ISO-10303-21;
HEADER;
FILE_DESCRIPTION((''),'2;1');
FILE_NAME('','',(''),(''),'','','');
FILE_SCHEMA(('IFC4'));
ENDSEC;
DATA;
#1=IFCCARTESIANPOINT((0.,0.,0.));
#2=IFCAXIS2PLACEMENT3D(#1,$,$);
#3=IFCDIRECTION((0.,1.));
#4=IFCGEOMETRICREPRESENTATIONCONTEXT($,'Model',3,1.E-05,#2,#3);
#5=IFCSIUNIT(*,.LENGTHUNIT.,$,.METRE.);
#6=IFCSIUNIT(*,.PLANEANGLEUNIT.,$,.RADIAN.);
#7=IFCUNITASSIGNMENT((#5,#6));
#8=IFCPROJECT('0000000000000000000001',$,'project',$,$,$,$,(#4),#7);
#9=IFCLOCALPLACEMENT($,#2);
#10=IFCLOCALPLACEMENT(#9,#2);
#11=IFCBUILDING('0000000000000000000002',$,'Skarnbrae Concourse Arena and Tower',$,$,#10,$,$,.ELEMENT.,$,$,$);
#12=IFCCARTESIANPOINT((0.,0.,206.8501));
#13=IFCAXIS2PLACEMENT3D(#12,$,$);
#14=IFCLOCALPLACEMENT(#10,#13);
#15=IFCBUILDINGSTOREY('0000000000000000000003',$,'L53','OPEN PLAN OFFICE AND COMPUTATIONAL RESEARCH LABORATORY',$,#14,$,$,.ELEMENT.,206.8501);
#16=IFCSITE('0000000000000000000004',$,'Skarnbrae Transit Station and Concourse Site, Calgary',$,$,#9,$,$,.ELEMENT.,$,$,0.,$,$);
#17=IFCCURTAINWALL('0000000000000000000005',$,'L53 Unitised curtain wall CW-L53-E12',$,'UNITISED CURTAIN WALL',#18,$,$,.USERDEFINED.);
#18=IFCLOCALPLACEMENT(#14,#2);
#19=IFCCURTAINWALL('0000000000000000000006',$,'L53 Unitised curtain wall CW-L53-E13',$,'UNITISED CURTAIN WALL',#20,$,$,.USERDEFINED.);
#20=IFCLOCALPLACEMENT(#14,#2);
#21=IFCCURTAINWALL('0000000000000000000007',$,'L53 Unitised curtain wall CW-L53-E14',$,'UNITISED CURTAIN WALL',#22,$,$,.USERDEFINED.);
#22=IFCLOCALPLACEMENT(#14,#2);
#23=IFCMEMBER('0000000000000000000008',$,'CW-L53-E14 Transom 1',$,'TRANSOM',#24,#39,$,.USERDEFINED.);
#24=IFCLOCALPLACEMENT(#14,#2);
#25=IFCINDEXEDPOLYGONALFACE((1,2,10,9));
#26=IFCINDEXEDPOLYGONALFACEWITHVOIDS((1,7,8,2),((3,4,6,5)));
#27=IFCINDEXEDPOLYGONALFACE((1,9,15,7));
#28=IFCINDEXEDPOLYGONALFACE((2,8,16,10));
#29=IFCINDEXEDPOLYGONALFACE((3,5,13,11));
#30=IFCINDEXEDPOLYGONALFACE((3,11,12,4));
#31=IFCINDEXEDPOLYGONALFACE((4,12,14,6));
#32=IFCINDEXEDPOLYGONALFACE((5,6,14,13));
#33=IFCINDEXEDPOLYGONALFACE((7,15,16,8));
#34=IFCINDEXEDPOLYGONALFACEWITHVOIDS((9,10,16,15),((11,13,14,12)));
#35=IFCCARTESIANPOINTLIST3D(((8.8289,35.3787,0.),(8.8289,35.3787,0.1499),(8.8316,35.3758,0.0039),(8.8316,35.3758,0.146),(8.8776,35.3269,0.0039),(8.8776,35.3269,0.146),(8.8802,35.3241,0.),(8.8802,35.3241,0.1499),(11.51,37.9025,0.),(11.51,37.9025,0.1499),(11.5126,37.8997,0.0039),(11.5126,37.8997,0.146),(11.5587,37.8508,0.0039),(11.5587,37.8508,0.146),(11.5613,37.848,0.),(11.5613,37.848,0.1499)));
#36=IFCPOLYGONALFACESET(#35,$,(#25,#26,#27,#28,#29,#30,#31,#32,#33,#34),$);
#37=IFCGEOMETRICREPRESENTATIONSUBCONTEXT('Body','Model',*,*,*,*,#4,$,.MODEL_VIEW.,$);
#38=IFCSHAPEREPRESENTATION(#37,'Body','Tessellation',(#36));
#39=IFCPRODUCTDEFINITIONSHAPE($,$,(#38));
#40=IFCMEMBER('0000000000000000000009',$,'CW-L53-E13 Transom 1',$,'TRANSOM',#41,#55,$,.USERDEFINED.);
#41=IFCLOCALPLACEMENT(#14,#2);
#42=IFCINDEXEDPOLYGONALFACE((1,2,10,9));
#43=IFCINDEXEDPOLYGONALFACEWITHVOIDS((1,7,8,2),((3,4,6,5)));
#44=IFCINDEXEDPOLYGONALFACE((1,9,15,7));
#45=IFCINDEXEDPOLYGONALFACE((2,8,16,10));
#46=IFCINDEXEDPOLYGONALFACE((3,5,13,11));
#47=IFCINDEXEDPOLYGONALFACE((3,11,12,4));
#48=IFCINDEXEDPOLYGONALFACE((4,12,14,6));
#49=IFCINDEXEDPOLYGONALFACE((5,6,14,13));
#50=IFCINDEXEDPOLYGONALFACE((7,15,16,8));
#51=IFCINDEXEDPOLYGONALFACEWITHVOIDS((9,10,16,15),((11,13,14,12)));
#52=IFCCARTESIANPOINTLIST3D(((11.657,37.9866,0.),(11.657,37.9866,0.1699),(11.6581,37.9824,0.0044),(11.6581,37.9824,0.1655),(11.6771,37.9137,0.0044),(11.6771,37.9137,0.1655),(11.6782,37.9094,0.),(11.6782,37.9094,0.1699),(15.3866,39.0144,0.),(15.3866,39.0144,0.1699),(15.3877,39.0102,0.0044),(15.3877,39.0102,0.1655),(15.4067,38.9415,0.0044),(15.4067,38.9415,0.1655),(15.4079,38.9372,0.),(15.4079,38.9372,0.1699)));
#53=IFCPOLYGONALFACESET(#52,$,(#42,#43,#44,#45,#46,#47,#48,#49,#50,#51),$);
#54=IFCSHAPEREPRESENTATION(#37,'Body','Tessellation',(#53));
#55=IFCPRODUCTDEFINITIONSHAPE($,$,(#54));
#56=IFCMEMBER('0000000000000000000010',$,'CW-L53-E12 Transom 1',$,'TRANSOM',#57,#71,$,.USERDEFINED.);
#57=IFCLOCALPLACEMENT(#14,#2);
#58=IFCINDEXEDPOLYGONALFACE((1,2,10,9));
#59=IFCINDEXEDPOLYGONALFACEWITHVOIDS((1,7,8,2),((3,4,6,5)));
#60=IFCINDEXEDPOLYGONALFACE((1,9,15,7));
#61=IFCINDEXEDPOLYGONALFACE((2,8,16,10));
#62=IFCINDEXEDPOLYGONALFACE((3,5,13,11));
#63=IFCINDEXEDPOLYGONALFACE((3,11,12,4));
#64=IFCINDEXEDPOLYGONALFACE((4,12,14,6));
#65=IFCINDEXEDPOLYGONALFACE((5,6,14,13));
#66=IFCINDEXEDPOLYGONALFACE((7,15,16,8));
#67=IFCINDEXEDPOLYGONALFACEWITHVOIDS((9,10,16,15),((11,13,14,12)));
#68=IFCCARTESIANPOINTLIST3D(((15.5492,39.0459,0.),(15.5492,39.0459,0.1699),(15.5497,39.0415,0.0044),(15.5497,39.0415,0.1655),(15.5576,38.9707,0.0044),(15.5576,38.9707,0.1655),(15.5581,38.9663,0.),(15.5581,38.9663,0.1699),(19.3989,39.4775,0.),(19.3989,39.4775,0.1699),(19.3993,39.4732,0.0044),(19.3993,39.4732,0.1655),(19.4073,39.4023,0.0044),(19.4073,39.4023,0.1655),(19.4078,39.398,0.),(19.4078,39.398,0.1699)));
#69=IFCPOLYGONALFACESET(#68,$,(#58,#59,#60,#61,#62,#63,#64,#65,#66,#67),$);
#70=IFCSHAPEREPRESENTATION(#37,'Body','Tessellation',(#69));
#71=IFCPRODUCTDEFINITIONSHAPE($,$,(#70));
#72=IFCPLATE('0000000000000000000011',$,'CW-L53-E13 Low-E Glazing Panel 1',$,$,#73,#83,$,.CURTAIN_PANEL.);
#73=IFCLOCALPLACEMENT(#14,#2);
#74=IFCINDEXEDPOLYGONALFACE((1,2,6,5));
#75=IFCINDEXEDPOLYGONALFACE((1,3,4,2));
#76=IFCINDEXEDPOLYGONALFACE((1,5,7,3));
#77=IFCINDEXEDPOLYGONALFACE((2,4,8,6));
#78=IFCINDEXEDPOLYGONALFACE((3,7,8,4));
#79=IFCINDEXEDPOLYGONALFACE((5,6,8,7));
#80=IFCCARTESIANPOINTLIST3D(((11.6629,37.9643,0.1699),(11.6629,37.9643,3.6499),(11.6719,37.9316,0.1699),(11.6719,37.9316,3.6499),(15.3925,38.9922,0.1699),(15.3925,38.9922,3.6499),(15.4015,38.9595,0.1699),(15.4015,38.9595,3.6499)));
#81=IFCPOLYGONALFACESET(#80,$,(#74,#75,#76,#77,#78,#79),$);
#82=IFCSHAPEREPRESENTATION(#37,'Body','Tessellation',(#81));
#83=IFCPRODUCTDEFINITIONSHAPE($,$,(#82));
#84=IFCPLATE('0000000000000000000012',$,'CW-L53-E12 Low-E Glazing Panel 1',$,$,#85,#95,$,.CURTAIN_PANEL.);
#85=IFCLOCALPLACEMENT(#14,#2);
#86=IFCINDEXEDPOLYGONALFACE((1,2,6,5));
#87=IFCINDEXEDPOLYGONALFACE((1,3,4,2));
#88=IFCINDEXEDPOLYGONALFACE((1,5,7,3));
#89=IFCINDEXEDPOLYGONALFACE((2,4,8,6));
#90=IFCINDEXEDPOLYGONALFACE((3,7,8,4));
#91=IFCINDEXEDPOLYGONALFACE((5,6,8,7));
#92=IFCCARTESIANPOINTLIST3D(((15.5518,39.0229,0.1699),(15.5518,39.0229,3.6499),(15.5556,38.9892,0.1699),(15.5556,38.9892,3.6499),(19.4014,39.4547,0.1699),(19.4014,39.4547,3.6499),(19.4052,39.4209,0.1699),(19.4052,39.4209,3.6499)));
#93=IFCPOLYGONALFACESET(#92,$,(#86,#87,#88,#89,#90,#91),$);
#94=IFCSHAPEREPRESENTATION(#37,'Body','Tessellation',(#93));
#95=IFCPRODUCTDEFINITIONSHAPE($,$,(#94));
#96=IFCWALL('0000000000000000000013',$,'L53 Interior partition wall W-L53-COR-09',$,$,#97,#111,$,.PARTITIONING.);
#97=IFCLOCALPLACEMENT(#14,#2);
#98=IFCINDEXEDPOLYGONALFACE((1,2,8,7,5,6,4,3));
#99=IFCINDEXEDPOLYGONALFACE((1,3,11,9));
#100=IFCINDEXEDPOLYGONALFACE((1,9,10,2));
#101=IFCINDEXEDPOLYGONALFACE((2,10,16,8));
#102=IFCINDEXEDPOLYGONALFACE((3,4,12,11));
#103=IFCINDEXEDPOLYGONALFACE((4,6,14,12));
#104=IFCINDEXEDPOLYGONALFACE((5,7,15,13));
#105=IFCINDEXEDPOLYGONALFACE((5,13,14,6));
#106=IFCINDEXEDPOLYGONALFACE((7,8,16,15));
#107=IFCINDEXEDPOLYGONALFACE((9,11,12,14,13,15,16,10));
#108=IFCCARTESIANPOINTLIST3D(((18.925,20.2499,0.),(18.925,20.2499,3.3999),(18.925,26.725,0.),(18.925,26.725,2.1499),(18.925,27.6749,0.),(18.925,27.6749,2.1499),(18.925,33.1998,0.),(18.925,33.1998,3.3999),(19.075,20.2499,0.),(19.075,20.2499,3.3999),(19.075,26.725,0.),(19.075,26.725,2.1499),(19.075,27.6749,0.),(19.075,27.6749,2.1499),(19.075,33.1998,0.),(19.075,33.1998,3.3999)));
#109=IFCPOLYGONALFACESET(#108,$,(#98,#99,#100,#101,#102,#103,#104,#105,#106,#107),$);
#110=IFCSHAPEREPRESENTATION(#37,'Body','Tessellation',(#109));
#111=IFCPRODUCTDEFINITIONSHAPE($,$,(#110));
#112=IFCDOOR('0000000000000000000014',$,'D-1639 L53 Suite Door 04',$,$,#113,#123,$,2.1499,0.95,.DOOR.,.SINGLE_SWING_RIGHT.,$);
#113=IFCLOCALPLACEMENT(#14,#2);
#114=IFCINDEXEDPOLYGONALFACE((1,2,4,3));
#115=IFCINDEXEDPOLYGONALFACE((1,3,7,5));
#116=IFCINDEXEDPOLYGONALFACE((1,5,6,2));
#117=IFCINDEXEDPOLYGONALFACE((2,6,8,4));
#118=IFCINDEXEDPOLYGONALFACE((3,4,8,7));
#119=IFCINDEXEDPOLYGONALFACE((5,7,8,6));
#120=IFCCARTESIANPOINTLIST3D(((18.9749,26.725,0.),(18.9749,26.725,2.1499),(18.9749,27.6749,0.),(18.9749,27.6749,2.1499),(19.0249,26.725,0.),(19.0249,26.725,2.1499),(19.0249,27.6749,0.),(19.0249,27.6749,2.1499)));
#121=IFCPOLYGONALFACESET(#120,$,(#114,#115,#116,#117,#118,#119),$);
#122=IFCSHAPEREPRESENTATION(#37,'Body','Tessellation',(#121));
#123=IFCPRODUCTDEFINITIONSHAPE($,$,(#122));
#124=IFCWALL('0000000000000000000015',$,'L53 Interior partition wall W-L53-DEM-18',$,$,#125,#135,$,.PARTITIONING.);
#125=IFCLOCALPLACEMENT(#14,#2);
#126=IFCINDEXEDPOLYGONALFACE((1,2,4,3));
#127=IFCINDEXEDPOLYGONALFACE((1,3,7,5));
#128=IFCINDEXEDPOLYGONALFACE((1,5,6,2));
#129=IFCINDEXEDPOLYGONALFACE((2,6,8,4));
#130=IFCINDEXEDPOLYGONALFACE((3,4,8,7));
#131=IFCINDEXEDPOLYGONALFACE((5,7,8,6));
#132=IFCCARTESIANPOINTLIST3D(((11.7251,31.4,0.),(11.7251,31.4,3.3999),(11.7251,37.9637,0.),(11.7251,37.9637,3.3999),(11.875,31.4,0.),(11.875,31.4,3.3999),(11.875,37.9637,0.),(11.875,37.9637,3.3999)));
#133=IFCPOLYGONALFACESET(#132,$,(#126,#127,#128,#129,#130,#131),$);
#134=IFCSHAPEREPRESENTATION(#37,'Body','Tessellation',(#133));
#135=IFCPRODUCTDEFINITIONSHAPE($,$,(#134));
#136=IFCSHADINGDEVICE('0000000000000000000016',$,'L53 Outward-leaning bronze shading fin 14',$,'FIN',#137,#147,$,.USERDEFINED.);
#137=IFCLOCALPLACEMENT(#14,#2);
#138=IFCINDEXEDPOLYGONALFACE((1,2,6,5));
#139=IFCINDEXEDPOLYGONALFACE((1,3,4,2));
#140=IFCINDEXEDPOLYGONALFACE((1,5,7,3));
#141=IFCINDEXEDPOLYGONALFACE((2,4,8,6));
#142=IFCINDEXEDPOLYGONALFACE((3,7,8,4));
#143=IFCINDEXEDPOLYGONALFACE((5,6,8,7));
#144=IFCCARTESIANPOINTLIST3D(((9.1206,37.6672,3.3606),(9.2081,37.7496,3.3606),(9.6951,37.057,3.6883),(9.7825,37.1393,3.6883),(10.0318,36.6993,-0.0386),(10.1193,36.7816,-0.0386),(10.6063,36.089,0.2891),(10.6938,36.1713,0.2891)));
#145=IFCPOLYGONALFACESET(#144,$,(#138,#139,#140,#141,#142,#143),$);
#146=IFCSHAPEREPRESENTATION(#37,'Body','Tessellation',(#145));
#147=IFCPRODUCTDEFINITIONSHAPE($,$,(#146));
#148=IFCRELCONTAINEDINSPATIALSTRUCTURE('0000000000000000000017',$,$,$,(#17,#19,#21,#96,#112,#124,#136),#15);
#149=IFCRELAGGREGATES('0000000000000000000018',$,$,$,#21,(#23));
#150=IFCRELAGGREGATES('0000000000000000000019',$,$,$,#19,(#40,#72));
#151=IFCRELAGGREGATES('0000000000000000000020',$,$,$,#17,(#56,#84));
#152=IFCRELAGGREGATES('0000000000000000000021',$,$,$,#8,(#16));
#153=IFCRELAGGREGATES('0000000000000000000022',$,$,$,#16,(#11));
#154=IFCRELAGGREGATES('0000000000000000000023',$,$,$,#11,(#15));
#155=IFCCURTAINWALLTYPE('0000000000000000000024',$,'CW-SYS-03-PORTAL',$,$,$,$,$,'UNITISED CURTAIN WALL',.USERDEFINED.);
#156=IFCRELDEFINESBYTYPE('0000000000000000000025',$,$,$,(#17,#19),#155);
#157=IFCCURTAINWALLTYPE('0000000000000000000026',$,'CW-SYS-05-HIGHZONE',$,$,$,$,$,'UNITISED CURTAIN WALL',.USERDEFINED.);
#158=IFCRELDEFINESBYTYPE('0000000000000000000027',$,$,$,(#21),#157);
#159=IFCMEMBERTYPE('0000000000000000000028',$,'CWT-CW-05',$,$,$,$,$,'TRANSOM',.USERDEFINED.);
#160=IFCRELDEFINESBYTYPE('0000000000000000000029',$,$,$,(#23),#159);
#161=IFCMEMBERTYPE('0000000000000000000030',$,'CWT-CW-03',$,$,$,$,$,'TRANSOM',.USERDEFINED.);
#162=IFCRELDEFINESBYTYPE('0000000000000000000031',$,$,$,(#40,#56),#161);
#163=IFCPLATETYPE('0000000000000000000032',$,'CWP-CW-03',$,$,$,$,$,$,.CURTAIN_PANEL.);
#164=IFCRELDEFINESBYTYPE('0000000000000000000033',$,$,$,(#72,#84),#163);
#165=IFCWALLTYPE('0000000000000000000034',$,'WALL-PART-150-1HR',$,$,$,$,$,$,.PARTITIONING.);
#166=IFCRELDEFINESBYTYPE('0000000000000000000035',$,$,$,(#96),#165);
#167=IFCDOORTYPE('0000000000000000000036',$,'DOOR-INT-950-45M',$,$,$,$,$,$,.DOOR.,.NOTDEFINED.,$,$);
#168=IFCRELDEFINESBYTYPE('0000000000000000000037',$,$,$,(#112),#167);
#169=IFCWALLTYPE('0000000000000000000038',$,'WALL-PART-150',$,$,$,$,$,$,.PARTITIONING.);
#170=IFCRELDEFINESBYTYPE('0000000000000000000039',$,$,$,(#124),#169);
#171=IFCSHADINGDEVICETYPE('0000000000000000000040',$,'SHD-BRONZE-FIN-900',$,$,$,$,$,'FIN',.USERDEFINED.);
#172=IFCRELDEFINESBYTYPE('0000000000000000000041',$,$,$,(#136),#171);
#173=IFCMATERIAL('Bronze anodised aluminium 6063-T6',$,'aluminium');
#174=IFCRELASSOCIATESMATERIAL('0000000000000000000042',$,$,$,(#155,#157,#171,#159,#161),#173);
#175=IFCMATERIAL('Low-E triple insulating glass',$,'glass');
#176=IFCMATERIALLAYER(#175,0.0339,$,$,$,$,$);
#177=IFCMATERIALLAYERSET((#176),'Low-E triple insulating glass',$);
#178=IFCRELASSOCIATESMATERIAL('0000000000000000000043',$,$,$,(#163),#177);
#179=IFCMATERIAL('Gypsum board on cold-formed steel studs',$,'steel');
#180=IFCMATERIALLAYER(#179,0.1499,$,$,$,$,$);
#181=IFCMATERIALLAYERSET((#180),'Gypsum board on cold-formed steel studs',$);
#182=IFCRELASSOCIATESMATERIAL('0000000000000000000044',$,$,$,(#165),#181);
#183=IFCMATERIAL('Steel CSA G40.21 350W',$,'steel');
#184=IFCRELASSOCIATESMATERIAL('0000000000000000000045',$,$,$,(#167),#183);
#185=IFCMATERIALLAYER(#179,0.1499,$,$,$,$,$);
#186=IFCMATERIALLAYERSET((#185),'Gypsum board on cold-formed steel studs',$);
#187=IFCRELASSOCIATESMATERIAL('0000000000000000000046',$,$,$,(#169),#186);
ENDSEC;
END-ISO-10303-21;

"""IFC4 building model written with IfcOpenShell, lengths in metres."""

from ifc_helpers import new_model, si_unit, direction, frame, frame_2d, origin, origin_2d, place, context, subcontext, project, spatial, rectangle, hollow_rectangle, extrude, source, transform, mapped, material, layer, layer_set, material_profile, profile_set, type_object, element, fill, aggregate, save


model = new_model("IFC4")

# Units and contexts
model_context = context("Model", 3, precision=1e-05, world=origin(), true_north=direction((0.0, 1.0)))
body_context = subcontext(model_context, "Body", "Model", "MODEL_VIEW")
ifc_project = project(units=[si_unit("LENGTHUNIT", "METRE"), si_unit("PLANEANGLEUNIT", "RADIAN")], contexts=[model_context])

# Site, building, storey
site_placement = place(None, origin())
site = spatial("IfcSite", under=ifc_project, at=site_placement, Name="Skarnbrae Transit Station and Concourse Site, Calgary", CompositionType="ELEMENT", RefElevation=0.0)
building_placement = place(site_placement, origin())
building = spatial("IfcBuilding", under=site, at=building_placement, Name="Skarnbrae Concourse Arena and Tower", CompositionType="ELEMENT")
storey_placement = place(building_placement, frame((0.0, 0.0, 206.8501)))
storey = spatial("IfcBuildingStorey", under=building, at=storey_placement, Name="L53", Description="OPEN PLAN OFFICE AND COMPUTATIONAL RESEARCH LABORATORY", CompositionType="ELEMENT", Elevation=206.8501)

# Shared definitions
ifc_material_1 = material(Name="Steel CSA G40.21 350W", Category="steel")

# Shared definitions
ifc_material_2 = material(Name="Bronze anodised aluminium 6063-T6", Category="aluminium")
curtain_wall_type_1 = type_object("IfcCurtainWallType", Name="CW-SYS-03-PORTAL", ElementType="UNITISED CURTAIN WALL", PredefinedType="USERDEFINED", material=ifc_material_2)

# Curtain walls, member
curtain_wall_1_placement = place(storey_placement, origin())
curtain_wall_1 = element("IfcCurtainWall", 1, at=curtain_wall_1_placement, inside=storey, type_object=curtain_wall_type_1, Name="L53 Unitised curtain wall CW-L53-E12", ObjectType="UNITISED CURTAIN WALL", PredefinedType="USERDEFINED")
curtain_wall_2_placement = place(storey_placement, origin())
curtain_wall_2 = element("IfcCurtainWall", 2, at=curtain_wall_2_placement, inside=storey, type_object=curtain_wall_type_1, Name="L53 Unitised curtain wall CW-L53-E13", ObjectType="UNITISED CURTAIN WALL", PredefinedType="USERDEFINED")
curtain_wall_type_2 = type_object("IfcCurtainWallType", Name="CW-SYS-05-HIGHZONE", ElementType="UNITISED CURTAIN WALL", PredefinedType="USERDEFINED", material=ifc_material_2)
curtain_wall_3_placement = place(storey_placement, origin())
curtain_wall_3 = element("IfcCurtainWall", 3, at=curtain_wall_3_placement, inside=storey, type_object=curtain_wall_type_2, Name="L53 Unitised curtain wall CW-L53-E14", ObjectType="UNITISED CURTAIN WALL", PredefinedType="USERDEFINED")
ifc_material_profile_1 = material_profile(ifc_material_2, hollow_rectangle(XDim=0.075, YDim=0.1499, WallThickness=0.0039, at=origin_2d()), Name="ALU-TRAN-75X150")
ifc_profile_set_1 = profile_set([ifc_material_profile_1], Name="Bronze anodised aluminium 6063-T6")
member_type_1 = type_object("IfcMemberType", Name="CWT-CW-05", ElementType="TRANSOM", PredefinedType="USERDEFINED", material=ifc_profile_set_1)
shared_shape_1 = source(origin(), body_context, "Body", "SweptSolid", [
    extrude(hollow_rectangle(XDim=0.075, YDim=0.1499, WallThickness=0.0039, at=origin_2d()), origin(), (0.0, 0.0, 1.0), 3.6821),
])
member_1_placement = place(storey_placement, frame((11.5356, 37.8752, 0.075), z_axis=(-0.728134, -0.685435, 0.0), x_axis=(0.685435, -0.728134, 0.0)))
member_1 = element("IfcMember", 4, at=member_1_placement, type_object=member_type_1, Name="CW-L53-E14 Transom 1", ObjectType="TRANSOM", PredefinedType="USERDEFINED", context=body_context, shape_type="MappedRepresentation", body=[
    mapped(shared_shape_1, transform((0.0, 0.0, 0.0))),
])
aggregate(curtain_wall_3, [member_1])

# Members
ifc_material_profile_2 = material_profile(ifc_material_2, hollow_rectangle(XDim=0.0801, YDim=0.1699, WallThickness=0.0044, at=origin_2d()), Name="ALU-TRAN-80X170")
ifc_profile_set_2 = profile_set([ifc_material_profile_2], Name="Bronze anodised aluminium 6063-T6")
member_type_2 = type_object("IfcMemberType", Name="CWT-CW-03", ElementType="TRANSOM", PredefinedType="USERDEFINED", material=ifc_profile_set_2)
shared_shape_2 = source(origin(), body_context, "Body", "SweptSolid", [
    extrude(hollow_rectangle(XDim=0.0801, YDim=0.1699, WallThickness=0.0044, at=origin_2d()), origin(), (0.0, 0.0, 1.0), 3.8687),
])
member_2_placement = place(storey_placement, frame((15.3972, 38.9758, 0.085), z_axis=(-0.964063, -0.265674, 0.0), x_axis=(0.265674, -0.964063, 0.0)))
member_2 = element("IfcMember", 5, at=member_2_placement, type_object=member_type_2, Name="CW-L53-E13 Transom 1", ObjectType="TRANSOM", PredefinedType="USERDEFINED", context=body_context, shape_type="MappedRepresentation", body=[
    mapped(shared_shape_2, transform((0.0, 0.0, 0.0))),
])
shared_shape_3 = source(origin(), body_context, "Body", "SweptSolid", [
    extrude(hollow_rectangle(XDim=0.0801, YDim=0.1699, WallThickness=0.0044, at=origin_2d()), origin(), (0.0, 0.0, 1.0), 3.8738),
])
member_3_placement = place(storey_placement, frame((19.4033, 39.4377, 0.085), z_axis=(-0.993773, -0.111428, 0.0), x_axis=(0.111428, -0.993773, 0.0)))
member_3 = element("IfcMember", 6, at=member_3_placement, type_object=member_type_2, Name="CW-L53-E12 Transom 1", ObjectType="TRANSOM", PredefinedType="USERDEFINED", context=body_context, shape_type="MappedRepresentation", body=[
    mapped(shared_shape_3, transform((0.0, 0.0, 0.0))),
])

# Plates
ifc_material_3 = material(Name="Low-E triple insulating glass", Category="glass")
ifc_layer_1 = layer(ifc_material_3, 0.0339)
ifc_layer_set_1 = layer_set([ifc_layer_1], Name="Low-E triple insulating glass")
plate_type = type_object("IfcPlateType", Name="CWP-CW-03", PredefinedType="CURTAIN_PANEL", material=ifc_layer_set_1)
shared_shape_4 = source(origin(), body_context, "Body", "SweptSolid", [
    extrude(rectangle(XDim=3.8687, YDim=0.0339, at=origin_2d()), origin(), (0.0, 0.0, 1.0), 3.48),
])
plate_1_placement = place(storey_placement, frame((13.5322, 38.4619, 0.1699), z_axis=(0.0, 0.0, 1.0), x_axis=(-0.964057, -0.265694, 0.0)))
plate_1 = element("IfcPlate", 7, at=plate_1_placement, type_object=plate_type, Name="CW-L53-E13 Low-E Glazing Panel 1", PredefinedType="CURTAIN_PANEL", context=body_context, shape_type="MappedRepresentation", body=[
    mapped(shared_shape_4, transform((0.0, 0.0, 0.0))),
])
aggregate(curtain_wall_2, [member_2, plate_1])
shared_shape_5 = source(origin(), body_context, "Body", "SweptSolid", [
    extrude(rectangle(XDim=3.8738, YDim=0.0339, at=origin_2d()), origin(), (0.0, 0.0, 1.0), 3.48),
])
plate_2_placement = place(storey_placement, frame((17.4785, 39.2219, 0.1699), z_axis=(0.0, 0.0, 1.0), x_axis=(-0.993769, -0.11146, 0.0)))
plate_2 = element("IfcPlate", 8, at=plate_2_placement, type_object=plate_type, Name="CW-L53-E12 Low-E Glazing Panel 1", PredefinedType="CURTAIN_PANEL", context=body_context, shape_type="MappedRepresentation", body=[
    mapped(shared_shape_5, transform((0.0, 0.0, 0.0))),
])
aggregate(curtain_wall_1, [member_3, plate_2])

# Wall, opening, door
ifc_material_4 = material(Name="Gypsum board on cold-formed steel studs", Category="steel")
ifc_layer_2 = layer(ifc_material_4, 0.1499)
ifc_layer_set_2 = layer_set([ifc_layer_2], Name="Gypsum board on cold-formed steel studs")
wall_type_1 = type_object("IfcWallType", Name="WALL-PART-150-1HR", PredefinedType="PARTITIONING", material=ifc_layer_set_2)
door_type = type_object("IfcDoorType", Name="DOOR-INT-950-45M", OperationType="NOTDEFINED", PredefinedType="DOOR", material=ifc_material_1)
shared_shape_6 = source(origin(), body_context, "Body", "SweptSolid", [
    extrude(rectangle(XDim=0.95, YDim=2.1499, at=frame_2d((0.4751, 1.075))), frame((0.0, 0.0249, 0.0), z_axis=(0.0, -1.0, 0.0), x_axis=(1.0, 0.0, 0.0)), (0.0, 0.0, 1.0), 0.05),
])
shared_shape_7 = source(origin(), body_context, "Body", "SweptSolid", [
    extrude(rectangle(XDim=12.95, YDim=0.1499, at=frame_2d((6.4751, 0.0))), origin(), (0.0, 0.0, 1.0), 3.3999),
])
wall_1_placement = place(storey_placement, frame((19.0, 33.2, 0.0), z_axis=(0.0, 0.0, 1.0), x_axis=(0.0, -1.0, 0.0)))
wall_1 = element("IfcWall", 9, at=wall_1_placement, inside=storey, type_object=wall_type_1, Name="L53 Interior partition wall W-L53-COR-09", PredefinedType="PARTITIONING", context=body_context, shape_type="MappedRepresentation", body=[
    mapped(shared_shape_7, transform((0.0, 0.0, 0.0))),
])
opening_1_placement = place(wall_1_placement, frame((5.5249, 0.0, 0.0)))
opening_1 = element("IfcOpeningElement", 10, at=opening_1_placement, cuts=wall_1, PredefinedType="OPENING", context=body_context, shape_type="SweptSolid", body=[
    extrude(rectangle(XDim=0.95, YDim=2.1499, at=frame_2d((0.4751, 1.075))), frame((0.0, 0.085, 0.0), z_axis=(0.0, -1.0, 0.0), x_axis=(1.0, 0.0, 0.0)), (0.0, 0.0, 1.0), 0.1699),
])
door_1_placement = place(opening_1_placement, origin())
door_1 = element("IfcDoor", 11, at=door_1_placement, inside=storey, type_object=door_type, Name="D-1639 L53 Suite Door 04", OperationType="SINGLE_SWING_RIGHT", OverallHeight=2.1499, OverallWidth=0.95, PredefinedType="DOOR", context=body_context, shape_type="MappedRepresentation", body=[
    mapped(shared_shape_6, transform((0.0, 0.0, 0.0))),
])
fill(opening_1, door_1)

# Wall
ifc_layer_3 = layer(ifc_material_4, 0.1499)
ifc_layer_set_3 = layer_set([ifc_layer_3], Name="Gypsum board on cold-formed steel studs")
wall_type_2 = type_object("IfcWallType", Name="WALL-PART-150", PredefinedType="PARTITIONING", material=ifc_layer_set_3)
shared_shape_8 = source(origin(), body_context, "Body", "SweptSolid", [
    extrude(rectangle(XDim=6.5637, YDim=0.1499, at=frame_2d((3.2817, 0.0))), origin(), (0.0, 0.0, 1.0), 3.3999),
])
wall_2_placement = place(storey_placement, frame((11.8, 37.9636, 0.0), z_axis=(0.0, 0.0, 1.0), x_axis=(0.0, -1.0, 0.0)))
element("IfcWall", 12, at=wall_2_placement, inside=storey, type_object=wall_type_2, Name="L53 Interior partition wall W-L53-DEM-18", PredefinedType="PARTITIONING", context=body_context, shape_type="MappedRepresentation", body=[
    mapped(shared_shape_8, transform((0.0, 0.0, 0.0))),
])

# Shading device
shading_device_type = type_object("IfcShadingDeviceType", Name="SHD-BRONZE-FIN-900", ElementType="FIN", PredefinedType="USERDEFINED", material=ifc_material_2)
shared_shape_9 = source(origin(), body_context, "Body", "SweptSolid", [
    extrude(rectangle(XDim=0.1201, YDim=0.8999, at=origin_2d()), origin(), (0.0, 0.0, 1.0), 3.6499),
])
shading_device_placement = place(storey_placement, frame((10.3628, 36.4353, 0.1252), z_axis=(-0.249655, 0.265205, 0.93131), x_axis=(0.728132, 0.685437, 0.0)))
element("IfcShadingDevice", 13, at=shading_device_placement, inside=storey, type_object=shading_device_type, Name="L53 Outward-leaning bronze shading fin 14", ObjectType="FIN", PredefinedType="USERDEFINED", context=body_context, shape_type="MappedRepresentation", body=[
    mapped(shared_shape_9, transform((0.0, 0.0, 0.0))),
])

save(model, "model.ifc")
